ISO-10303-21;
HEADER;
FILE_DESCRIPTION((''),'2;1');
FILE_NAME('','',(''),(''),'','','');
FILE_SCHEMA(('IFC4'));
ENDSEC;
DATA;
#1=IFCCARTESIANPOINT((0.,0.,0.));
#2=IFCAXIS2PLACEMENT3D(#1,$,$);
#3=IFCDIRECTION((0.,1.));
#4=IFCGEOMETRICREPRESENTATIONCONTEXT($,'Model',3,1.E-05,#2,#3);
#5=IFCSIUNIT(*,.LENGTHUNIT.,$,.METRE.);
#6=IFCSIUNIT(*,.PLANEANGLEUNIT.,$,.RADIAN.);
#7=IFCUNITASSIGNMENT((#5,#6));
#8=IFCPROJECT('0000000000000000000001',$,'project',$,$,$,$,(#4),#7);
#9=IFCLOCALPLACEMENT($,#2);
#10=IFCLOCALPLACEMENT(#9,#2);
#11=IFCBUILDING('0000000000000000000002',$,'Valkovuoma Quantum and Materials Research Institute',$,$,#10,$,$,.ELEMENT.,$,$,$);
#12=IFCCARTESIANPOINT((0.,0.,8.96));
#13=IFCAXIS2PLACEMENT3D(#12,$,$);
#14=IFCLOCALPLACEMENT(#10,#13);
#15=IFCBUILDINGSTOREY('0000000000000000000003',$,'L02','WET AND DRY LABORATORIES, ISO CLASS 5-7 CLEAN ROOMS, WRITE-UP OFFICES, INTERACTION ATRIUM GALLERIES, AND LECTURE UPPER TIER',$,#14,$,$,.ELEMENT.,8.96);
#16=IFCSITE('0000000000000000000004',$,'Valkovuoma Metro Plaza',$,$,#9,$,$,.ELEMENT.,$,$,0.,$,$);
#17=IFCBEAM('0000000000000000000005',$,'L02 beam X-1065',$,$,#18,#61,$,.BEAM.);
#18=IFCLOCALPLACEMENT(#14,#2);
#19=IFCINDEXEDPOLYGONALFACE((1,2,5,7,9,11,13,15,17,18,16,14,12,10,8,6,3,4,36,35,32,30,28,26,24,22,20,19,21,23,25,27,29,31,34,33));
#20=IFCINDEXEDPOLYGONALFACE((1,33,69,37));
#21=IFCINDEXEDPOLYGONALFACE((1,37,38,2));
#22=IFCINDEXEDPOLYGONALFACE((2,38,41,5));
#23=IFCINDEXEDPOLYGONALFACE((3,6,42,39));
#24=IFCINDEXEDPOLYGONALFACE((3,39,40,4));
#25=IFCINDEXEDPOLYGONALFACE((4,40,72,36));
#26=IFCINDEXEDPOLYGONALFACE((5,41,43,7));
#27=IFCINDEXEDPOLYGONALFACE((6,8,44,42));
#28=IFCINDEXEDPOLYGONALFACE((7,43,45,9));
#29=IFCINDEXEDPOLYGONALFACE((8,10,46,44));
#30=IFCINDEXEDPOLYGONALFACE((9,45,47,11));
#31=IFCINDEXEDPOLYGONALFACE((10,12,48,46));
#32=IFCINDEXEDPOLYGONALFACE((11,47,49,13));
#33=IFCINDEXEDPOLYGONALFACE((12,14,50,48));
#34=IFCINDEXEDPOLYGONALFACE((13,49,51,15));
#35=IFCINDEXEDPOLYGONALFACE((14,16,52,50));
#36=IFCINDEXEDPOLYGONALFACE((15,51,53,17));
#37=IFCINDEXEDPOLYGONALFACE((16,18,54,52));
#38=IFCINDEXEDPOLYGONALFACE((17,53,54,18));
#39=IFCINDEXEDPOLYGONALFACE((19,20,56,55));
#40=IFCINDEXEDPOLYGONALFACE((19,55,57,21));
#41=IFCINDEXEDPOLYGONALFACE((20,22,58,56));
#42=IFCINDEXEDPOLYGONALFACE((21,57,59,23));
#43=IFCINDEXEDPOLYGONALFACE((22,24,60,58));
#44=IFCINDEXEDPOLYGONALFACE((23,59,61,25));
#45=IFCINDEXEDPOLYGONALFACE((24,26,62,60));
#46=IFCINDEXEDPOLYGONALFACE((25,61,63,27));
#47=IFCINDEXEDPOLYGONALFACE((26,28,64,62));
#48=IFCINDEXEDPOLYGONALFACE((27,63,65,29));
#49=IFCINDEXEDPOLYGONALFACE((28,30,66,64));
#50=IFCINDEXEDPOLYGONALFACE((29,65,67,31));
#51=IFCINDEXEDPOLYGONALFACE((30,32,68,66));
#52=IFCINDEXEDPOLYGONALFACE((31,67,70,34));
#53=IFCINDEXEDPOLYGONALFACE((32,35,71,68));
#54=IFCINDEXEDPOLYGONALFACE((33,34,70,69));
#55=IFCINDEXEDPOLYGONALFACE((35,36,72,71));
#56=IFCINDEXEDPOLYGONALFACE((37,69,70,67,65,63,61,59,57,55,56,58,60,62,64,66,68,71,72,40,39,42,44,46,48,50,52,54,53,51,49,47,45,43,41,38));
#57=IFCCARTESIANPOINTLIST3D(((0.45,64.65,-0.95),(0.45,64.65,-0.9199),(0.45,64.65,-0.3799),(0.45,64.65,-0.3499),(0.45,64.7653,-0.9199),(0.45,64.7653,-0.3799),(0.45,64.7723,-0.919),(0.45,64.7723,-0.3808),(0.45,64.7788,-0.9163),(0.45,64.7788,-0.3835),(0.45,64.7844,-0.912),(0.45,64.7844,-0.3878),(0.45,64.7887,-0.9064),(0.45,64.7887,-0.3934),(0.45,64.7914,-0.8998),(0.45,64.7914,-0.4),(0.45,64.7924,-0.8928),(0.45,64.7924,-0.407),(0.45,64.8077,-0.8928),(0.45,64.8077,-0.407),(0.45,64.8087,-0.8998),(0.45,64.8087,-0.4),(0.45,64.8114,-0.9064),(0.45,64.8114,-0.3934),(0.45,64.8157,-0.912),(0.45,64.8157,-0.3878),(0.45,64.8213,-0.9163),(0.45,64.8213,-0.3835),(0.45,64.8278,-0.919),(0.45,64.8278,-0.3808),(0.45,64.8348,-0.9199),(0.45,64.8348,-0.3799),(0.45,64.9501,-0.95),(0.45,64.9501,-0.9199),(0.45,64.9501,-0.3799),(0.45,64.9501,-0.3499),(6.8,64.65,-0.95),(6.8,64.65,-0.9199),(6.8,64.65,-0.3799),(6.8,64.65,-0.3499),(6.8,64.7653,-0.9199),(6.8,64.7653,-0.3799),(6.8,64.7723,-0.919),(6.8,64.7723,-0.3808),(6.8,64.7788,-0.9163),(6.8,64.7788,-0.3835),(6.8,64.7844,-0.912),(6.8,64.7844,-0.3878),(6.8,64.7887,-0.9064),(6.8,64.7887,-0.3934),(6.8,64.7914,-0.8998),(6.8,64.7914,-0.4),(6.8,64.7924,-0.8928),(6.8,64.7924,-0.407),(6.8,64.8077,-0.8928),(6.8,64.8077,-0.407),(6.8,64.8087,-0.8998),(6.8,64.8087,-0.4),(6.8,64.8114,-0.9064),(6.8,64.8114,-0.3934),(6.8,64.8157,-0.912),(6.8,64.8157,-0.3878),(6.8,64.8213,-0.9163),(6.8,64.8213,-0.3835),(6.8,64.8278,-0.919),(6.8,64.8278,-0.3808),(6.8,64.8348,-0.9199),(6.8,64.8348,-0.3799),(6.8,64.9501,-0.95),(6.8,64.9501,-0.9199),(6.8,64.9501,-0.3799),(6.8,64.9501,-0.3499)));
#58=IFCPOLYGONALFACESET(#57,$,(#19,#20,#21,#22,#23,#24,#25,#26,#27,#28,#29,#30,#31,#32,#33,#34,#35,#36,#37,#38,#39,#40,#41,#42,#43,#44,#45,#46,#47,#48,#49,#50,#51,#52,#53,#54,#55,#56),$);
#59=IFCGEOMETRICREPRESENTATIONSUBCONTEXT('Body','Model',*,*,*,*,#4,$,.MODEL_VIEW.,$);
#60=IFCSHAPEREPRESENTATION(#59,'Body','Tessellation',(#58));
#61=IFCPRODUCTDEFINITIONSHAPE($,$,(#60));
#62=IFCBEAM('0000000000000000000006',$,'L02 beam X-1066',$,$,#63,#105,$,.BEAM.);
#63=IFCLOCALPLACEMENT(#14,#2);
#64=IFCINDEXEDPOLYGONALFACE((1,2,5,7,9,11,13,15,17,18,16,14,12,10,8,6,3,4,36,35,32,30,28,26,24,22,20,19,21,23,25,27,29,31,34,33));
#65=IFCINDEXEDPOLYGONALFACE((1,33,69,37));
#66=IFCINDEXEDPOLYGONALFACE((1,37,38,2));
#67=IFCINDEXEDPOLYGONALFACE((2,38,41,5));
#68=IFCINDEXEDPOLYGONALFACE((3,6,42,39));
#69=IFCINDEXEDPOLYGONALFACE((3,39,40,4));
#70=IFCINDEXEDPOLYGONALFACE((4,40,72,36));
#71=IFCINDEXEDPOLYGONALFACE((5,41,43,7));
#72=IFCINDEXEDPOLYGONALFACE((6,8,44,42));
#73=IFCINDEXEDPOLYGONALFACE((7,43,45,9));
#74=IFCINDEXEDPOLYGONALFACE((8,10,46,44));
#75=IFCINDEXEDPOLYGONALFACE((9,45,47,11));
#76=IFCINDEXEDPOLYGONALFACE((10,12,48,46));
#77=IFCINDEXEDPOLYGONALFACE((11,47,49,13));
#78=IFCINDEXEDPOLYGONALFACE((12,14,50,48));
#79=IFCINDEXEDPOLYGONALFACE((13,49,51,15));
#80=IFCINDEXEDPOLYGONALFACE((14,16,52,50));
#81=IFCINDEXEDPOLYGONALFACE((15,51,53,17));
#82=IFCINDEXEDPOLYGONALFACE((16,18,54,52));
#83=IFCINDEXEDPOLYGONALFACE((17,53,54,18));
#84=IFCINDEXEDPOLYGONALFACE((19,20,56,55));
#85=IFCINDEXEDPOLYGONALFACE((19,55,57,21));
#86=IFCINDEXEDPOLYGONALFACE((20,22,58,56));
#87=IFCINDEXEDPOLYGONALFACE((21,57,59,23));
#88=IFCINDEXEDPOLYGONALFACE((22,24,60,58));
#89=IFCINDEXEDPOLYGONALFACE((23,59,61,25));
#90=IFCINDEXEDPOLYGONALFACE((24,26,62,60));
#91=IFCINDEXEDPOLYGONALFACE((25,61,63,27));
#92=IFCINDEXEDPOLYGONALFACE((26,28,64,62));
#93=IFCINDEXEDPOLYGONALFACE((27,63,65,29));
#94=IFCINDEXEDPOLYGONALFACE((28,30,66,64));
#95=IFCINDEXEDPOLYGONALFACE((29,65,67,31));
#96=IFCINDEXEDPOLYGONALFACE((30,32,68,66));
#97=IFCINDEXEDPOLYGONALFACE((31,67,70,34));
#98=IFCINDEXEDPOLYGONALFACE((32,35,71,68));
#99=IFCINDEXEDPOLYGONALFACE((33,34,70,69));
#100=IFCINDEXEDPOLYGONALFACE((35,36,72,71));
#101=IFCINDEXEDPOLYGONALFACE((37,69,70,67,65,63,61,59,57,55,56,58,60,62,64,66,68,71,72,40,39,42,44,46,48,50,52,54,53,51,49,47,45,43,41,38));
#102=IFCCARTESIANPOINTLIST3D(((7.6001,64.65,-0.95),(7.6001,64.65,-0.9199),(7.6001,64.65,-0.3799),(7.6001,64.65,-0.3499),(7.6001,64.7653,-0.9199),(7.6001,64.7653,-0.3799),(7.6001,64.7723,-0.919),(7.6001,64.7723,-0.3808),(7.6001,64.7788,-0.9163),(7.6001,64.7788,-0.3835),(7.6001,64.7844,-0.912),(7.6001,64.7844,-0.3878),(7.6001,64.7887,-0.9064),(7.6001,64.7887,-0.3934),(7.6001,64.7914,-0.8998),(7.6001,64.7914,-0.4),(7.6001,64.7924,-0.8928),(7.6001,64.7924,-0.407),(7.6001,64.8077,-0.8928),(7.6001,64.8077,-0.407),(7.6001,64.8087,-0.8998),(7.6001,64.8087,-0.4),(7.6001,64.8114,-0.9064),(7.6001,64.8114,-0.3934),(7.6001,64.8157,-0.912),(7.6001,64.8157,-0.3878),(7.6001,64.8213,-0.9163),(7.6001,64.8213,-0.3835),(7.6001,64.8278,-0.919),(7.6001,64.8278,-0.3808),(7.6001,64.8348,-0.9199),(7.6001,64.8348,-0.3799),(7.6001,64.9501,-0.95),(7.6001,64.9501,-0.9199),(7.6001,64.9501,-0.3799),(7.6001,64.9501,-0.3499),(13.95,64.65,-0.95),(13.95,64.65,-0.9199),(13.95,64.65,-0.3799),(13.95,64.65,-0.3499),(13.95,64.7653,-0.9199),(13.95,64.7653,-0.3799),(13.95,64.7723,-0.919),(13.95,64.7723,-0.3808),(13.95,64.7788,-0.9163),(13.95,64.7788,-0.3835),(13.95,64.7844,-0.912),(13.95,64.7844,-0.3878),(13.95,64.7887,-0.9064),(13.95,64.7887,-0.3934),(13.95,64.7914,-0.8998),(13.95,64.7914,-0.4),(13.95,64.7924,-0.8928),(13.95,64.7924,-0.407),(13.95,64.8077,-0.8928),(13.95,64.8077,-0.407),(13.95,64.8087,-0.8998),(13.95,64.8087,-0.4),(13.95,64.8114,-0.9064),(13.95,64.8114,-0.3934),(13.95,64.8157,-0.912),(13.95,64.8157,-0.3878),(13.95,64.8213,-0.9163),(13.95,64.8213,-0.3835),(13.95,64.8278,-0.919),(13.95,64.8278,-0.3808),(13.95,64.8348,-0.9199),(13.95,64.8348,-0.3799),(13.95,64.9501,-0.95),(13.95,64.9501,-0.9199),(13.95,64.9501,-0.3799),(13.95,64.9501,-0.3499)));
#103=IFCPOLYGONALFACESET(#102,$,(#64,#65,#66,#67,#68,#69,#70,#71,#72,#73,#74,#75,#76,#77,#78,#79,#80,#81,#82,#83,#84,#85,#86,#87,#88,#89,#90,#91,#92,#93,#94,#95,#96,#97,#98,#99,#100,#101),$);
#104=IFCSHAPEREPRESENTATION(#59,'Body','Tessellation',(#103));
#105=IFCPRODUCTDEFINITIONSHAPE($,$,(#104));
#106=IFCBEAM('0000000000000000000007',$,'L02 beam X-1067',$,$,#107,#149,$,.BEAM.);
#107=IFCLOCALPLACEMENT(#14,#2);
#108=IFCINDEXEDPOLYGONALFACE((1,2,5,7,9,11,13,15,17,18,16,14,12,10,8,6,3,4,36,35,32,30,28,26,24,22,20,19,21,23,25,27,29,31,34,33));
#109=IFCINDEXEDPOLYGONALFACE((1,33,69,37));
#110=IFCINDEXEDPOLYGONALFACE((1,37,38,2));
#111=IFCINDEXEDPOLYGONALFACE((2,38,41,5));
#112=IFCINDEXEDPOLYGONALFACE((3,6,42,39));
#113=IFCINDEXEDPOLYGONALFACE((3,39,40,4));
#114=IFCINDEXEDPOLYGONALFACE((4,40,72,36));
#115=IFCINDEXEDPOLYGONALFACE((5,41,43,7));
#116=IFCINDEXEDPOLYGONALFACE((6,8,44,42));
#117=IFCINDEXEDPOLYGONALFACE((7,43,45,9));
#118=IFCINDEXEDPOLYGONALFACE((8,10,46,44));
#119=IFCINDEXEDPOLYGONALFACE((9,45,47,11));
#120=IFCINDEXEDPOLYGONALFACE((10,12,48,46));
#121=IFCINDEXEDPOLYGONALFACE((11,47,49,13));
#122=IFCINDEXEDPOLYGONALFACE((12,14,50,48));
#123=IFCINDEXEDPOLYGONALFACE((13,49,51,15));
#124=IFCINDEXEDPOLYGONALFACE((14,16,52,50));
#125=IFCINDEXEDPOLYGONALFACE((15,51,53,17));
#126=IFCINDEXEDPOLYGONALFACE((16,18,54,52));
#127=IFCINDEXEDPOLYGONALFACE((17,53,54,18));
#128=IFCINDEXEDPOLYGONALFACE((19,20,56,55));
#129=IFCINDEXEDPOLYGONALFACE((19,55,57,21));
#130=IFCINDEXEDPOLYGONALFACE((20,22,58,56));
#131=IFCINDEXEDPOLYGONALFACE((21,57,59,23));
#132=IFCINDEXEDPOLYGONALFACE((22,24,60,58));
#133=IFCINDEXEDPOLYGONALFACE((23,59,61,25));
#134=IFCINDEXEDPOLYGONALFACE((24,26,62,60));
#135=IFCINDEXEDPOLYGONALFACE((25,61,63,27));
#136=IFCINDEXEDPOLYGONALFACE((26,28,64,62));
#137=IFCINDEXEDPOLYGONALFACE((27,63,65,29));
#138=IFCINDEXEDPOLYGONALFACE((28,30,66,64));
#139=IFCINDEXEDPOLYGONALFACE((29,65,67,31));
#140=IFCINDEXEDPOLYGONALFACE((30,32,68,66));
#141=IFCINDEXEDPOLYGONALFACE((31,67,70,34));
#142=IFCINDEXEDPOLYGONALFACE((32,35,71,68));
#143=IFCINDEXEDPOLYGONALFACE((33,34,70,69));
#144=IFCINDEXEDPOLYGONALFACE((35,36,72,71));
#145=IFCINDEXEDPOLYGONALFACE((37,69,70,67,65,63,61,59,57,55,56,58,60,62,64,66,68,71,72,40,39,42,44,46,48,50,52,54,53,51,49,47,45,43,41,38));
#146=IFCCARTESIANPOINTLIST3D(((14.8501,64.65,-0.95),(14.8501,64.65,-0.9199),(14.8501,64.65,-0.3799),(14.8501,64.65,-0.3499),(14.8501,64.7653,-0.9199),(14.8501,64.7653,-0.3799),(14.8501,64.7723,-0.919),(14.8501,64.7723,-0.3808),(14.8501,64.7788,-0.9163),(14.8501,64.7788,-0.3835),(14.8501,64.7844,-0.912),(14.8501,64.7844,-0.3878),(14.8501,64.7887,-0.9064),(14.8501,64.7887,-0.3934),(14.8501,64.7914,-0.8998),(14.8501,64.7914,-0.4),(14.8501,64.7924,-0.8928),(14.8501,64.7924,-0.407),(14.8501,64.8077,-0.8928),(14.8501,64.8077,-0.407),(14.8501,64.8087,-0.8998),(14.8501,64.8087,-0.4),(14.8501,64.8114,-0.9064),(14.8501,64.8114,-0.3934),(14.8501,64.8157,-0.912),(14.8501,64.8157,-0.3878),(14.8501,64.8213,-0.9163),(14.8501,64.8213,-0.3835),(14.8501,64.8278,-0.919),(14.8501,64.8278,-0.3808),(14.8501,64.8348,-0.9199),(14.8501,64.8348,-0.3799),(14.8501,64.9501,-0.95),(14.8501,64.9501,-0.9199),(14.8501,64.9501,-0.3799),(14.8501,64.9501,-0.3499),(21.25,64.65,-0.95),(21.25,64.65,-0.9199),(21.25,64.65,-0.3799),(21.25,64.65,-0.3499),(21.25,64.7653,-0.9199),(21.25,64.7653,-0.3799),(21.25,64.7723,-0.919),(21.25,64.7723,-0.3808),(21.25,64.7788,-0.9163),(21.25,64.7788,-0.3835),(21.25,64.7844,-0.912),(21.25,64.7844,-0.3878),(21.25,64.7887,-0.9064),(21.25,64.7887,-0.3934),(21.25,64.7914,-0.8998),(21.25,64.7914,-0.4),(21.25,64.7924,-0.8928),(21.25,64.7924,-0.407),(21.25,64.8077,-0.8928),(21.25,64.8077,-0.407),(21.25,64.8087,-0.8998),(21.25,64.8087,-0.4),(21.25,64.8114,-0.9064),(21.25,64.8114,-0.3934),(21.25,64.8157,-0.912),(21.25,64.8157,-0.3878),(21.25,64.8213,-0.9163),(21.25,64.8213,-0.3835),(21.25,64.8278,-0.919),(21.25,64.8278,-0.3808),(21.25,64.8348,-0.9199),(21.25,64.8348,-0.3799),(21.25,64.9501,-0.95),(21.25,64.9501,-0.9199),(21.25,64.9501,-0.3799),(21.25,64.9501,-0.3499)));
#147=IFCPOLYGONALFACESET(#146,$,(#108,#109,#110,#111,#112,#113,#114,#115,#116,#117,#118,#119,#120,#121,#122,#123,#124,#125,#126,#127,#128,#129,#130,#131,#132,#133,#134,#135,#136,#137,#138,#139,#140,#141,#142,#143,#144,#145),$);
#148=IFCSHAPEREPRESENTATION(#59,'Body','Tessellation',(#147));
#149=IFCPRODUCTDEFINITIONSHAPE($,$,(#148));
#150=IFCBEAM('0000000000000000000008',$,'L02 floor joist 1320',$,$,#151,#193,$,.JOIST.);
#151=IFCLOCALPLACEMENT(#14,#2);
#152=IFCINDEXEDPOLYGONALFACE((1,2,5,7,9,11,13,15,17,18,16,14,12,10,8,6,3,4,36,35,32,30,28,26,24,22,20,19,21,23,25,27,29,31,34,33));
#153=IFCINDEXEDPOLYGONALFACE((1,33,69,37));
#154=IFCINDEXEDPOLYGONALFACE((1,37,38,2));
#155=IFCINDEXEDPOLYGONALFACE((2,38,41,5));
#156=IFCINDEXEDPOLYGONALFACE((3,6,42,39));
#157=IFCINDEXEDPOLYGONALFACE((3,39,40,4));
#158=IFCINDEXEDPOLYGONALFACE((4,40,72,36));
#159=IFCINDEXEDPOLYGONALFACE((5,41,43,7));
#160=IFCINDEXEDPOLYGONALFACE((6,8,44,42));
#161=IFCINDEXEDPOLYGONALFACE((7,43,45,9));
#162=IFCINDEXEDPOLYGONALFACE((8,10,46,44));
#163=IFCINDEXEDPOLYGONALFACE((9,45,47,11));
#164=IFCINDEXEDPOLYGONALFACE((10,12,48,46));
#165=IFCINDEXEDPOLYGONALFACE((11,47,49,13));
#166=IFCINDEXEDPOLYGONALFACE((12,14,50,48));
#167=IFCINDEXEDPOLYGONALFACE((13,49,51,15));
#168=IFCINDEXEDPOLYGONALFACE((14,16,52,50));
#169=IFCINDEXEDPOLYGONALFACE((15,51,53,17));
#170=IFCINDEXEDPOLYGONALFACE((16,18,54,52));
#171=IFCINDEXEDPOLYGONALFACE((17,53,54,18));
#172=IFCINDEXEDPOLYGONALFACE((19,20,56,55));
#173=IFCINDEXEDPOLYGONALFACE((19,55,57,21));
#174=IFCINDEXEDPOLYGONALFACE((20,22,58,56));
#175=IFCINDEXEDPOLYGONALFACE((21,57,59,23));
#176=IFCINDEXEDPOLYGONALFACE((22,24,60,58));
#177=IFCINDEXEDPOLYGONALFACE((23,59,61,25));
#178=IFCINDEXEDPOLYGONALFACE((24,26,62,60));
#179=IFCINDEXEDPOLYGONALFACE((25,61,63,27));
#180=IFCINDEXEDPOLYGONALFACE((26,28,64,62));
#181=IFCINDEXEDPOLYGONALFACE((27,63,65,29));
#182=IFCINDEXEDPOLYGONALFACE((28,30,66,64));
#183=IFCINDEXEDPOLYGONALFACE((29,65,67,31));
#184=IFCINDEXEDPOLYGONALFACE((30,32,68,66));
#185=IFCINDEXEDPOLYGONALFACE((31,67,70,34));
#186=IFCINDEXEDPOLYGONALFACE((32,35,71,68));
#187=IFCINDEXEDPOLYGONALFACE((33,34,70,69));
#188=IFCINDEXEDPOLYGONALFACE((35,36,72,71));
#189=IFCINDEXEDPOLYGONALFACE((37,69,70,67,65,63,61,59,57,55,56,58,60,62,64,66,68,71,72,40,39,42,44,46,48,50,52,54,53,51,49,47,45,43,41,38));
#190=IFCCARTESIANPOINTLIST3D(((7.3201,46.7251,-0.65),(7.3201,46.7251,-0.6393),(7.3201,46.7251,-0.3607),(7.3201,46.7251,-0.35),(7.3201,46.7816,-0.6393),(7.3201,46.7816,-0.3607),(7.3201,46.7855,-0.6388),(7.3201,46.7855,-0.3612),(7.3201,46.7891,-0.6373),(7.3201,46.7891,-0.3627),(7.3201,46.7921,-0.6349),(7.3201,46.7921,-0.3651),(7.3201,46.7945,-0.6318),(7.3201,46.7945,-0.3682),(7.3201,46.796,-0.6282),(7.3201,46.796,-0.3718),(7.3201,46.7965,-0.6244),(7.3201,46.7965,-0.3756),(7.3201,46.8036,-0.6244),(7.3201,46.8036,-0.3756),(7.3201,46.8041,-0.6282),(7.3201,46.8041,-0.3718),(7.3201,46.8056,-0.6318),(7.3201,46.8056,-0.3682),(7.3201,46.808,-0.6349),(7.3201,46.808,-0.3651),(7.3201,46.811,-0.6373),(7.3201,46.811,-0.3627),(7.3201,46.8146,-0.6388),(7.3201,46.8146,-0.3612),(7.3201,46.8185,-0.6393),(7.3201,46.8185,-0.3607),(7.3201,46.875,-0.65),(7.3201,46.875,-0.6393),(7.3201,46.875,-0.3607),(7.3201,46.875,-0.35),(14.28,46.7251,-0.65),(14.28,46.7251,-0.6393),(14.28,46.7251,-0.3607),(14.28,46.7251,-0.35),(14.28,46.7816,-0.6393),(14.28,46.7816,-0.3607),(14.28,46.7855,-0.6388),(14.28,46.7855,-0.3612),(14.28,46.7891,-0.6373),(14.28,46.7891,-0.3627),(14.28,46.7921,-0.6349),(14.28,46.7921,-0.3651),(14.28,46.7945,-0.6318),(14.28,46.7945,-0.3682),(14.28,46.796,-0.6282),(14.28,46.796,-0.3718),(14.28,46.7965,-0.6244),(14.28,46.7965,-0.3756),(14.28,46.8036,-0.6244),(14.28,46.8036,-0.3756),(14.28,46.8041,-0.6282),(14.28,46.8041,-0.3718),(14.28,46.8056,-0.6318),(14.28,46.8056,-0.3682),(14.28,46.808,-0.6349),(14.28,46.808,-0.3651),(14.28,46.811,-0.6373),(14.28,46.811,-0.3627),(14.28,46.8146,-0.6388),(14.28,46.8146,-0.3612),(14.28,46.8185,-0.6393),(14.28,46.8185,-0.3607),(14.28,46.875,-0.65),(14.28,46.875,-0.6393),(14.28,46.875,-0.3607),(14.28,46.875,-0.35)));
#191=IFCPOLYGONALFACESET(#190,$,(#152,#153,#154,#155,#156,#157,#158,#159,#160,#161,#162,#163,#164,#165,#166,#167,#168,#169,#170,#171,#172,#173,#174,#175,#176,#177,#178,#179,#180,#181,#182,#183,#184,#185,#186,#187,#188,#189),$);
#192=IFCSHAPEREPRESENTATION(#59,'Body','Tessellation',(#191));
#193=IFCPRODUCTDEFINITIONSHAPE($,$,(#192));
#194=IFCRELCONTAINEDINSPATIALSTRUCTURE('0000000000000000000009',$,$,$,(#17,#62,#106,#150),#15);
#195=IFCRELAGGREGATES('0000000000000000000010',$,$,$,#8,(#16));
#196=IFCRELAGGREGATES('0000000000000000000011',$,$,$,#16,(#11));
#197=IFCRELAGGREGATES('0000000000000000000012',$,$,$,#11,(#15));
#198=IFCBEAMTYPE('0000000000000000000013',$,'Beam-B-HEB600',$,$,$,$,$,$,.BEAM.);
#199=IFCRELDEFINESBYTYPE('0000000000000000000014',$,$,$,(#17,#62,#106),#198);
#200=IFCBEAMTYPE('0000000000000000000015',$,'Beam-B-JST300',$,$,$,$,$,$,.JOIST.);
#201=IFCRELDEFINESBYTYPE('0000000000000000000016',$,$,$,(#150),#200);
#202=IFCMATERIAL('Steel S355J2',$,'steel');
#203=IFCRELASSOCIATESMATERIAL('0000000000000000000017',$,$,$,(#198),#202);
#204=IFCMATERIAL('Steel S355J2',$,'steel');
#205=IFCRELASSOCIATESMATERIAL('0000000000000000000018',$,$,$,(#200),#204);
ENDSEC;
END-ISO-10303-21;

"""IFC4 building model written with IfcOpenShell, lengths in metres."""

from ifc_helpers import new_model, si_unit, direction, frame, origin, origin_2d, place, context, subcontext, project, spatial, i_section, extrude, material, material_profile, profile_set, type_object, element, save


model = new_model("IFC4")

# Units and contexts
model_context = context("Model", 3, precision=1e-05, world=origin(), true_north=direction((0.0, 1.0)))
body_context = subcontext(model_context, "Body", "Model", "MODEL_VIEW")
ifc_project = project(units=[si_unit("LENGTHUNIT", "METRE"), si_unit("PLANEANGLEUNIT", "RADIAN")], contexts=[model_context])

# Site, building, storey
site_placement = place(None, origin())
site = spatial("IfcSite", under=ifc_project, at=site_placement, Name="Valkovuoma Metro Plaza", CompositionType="ELEMENT", RefElevation=0.0)
building_placement = place(site_placement, origin())
building = spatial("IfcBuilding", under=site, at=building_placement, Name="Valkovuoma Quantum and Materials Research Institute", CompositionType="ELEMENT")
storey_placement = place(building_placement, frame((0.0, 0.0, 8.96)))
storey = spatial("IfcBuildingStorey", under=building, at=storey_placement, Name="L02", Description="WET AND DRY LABORATORIES, ISO CLASS 5-7 CLEAN ROOMS, WRITE-UP OFFICES, INTERACTION ATRIUM GALLERIES, AND LECTURE UPPER TIER", CompositionType="ELEMENT", Elevation=8.96)

# Beams
ifc_material_1 = material(Name="Steel S355J2", Category="steel")
ifc_material_profile_1 = material_profile(ifc_material_1, i_section(OverallWidth=0.3, OverallDepth=0.6001, WebThickness=0.0154, FlangeThickness=0.03, FilletRadius=0.0271, at=origin_2d()), Name="Steel S355J2")
ifc_profile_set_1 = profile_set([ifc_material_profile_1], Name="Steel S355J2")
beam_type_1 = type_object("IfcBeamType", Name="Beam-B-HEB600", PredefinedType="BEAM", material=ifc_profile_set_1)
beam_1_placement = place(storey_placement, frame((0.45, 64.8, -0.6499), z_axis=(1.0, 0.0, 0.0), x_axis=(0.0, 1.0, 0.0)))
element("IfcBeam", 1, at=beam_1_placement, inside=storey, type_object=beam_type_1, Name="L02 beam X-1065", PredefinedType="BEAM", context=body_context, shape_type="SweptSolid", body=[
    extrude(i_section(OverallWidth=0.3, OverallDepth=0.6001, WebThickness=0.0154, FlangeThickness=0.03, FilletRadius=0.0271, at=origin_2d()), origin(), (0.0, 0.0, 1.0), 6.3501),
])
beam_2_placement = place(storey_placement, frame((7.6001, 64.8, -0.6499), z_axis=(1.0, 0.0, 0.0), x_axis=(0.0, 1.0, 0.0)))
element("IfcBeam", 2, at=beam_2_placement, inside=storey, type_object=beam_type_1, Name="L02 beam X-1066", PredefinedType="BEAM", context=body_context, shape_type="SweptSolid", body=[
    extrude(i_section(OverallWidth=0.3, OverallDepth=0.6001, WebThickness=0.0154, FlangeThickness=0.03, FilletRadius=0.0271, at=origin_2d()), origin(), (0.0, 0.0, 1.0), 6.3499),
])
beam_3_placement = place(storey_placement, frame((14.8501, 64.8, -0.6499), z_axis=(1.0, 0.0, 0.0), x_axis=(0.0, 1.0, 0.0)))
element("IfcBeam", 3, at=beam_3_placement, inside=storey, type_object=beam_type_1, Name="L02 beam X-1067", PredefinedType="BEAM", context=body_context, shape_type="SweptSolid", body=[
    extrude(i_section(OverallWidth=0.3, OverallDepth=0.6001, WebThickness=0.0154, FlangeThickness=0.03, FilletRadius=0.0271, at=origin_2d()), origin(), (0.0, 0.0, 1.0), 6.3999),
])
ifc_material_2 = material(Name="Steel S355J2", Category="steel")
ifc_material_profile_2 = material_profile(ifc_material_2, i_section(OverallWidth=0.1499, OverallDepth=0.3, WebThickness=0.0071, FlangeThickness=0.0107, FilletRadius=0.0149, at=origin_2d()), Name="Steel S355J2")
ifc_profile_set_2 = profile_set([ifc_material_profile_2], Name="Steel S355J2")
beam_type_2 = type_object("IfcBeamType", Name="Beam-B-JST300", PredefinedType="JOIST", material=ifc_profile_set_2)
for number, where, z_axis, x_axis, name in (
    (4, (7.3201, 46.8, -0.5), (1.0, 0.0, 0.0), (0.0, 1.0, 0.0), "L02 floor joist 1320"),
):
    element("IfcBeam", number, at=place(storey_placement, frame(where, z_axis=z_axis, x_axis=x_axis)), inside=storey, type_object=beam_type_2, Name=name, PredefinedType="JOIST", context=body_context, shape_type="SweptSolid", body=[
        extrude(i_section(OverallWidth=0.1499, OverallDepth=0.3, WebThickness=0.0071, FlangeThickness=0.0107, FilletRadius=0.0149, at=origin_2d()), origin(), (0.0, 0.0, 1.0), 6.96),
    ])

save(model, "model.ifc")
